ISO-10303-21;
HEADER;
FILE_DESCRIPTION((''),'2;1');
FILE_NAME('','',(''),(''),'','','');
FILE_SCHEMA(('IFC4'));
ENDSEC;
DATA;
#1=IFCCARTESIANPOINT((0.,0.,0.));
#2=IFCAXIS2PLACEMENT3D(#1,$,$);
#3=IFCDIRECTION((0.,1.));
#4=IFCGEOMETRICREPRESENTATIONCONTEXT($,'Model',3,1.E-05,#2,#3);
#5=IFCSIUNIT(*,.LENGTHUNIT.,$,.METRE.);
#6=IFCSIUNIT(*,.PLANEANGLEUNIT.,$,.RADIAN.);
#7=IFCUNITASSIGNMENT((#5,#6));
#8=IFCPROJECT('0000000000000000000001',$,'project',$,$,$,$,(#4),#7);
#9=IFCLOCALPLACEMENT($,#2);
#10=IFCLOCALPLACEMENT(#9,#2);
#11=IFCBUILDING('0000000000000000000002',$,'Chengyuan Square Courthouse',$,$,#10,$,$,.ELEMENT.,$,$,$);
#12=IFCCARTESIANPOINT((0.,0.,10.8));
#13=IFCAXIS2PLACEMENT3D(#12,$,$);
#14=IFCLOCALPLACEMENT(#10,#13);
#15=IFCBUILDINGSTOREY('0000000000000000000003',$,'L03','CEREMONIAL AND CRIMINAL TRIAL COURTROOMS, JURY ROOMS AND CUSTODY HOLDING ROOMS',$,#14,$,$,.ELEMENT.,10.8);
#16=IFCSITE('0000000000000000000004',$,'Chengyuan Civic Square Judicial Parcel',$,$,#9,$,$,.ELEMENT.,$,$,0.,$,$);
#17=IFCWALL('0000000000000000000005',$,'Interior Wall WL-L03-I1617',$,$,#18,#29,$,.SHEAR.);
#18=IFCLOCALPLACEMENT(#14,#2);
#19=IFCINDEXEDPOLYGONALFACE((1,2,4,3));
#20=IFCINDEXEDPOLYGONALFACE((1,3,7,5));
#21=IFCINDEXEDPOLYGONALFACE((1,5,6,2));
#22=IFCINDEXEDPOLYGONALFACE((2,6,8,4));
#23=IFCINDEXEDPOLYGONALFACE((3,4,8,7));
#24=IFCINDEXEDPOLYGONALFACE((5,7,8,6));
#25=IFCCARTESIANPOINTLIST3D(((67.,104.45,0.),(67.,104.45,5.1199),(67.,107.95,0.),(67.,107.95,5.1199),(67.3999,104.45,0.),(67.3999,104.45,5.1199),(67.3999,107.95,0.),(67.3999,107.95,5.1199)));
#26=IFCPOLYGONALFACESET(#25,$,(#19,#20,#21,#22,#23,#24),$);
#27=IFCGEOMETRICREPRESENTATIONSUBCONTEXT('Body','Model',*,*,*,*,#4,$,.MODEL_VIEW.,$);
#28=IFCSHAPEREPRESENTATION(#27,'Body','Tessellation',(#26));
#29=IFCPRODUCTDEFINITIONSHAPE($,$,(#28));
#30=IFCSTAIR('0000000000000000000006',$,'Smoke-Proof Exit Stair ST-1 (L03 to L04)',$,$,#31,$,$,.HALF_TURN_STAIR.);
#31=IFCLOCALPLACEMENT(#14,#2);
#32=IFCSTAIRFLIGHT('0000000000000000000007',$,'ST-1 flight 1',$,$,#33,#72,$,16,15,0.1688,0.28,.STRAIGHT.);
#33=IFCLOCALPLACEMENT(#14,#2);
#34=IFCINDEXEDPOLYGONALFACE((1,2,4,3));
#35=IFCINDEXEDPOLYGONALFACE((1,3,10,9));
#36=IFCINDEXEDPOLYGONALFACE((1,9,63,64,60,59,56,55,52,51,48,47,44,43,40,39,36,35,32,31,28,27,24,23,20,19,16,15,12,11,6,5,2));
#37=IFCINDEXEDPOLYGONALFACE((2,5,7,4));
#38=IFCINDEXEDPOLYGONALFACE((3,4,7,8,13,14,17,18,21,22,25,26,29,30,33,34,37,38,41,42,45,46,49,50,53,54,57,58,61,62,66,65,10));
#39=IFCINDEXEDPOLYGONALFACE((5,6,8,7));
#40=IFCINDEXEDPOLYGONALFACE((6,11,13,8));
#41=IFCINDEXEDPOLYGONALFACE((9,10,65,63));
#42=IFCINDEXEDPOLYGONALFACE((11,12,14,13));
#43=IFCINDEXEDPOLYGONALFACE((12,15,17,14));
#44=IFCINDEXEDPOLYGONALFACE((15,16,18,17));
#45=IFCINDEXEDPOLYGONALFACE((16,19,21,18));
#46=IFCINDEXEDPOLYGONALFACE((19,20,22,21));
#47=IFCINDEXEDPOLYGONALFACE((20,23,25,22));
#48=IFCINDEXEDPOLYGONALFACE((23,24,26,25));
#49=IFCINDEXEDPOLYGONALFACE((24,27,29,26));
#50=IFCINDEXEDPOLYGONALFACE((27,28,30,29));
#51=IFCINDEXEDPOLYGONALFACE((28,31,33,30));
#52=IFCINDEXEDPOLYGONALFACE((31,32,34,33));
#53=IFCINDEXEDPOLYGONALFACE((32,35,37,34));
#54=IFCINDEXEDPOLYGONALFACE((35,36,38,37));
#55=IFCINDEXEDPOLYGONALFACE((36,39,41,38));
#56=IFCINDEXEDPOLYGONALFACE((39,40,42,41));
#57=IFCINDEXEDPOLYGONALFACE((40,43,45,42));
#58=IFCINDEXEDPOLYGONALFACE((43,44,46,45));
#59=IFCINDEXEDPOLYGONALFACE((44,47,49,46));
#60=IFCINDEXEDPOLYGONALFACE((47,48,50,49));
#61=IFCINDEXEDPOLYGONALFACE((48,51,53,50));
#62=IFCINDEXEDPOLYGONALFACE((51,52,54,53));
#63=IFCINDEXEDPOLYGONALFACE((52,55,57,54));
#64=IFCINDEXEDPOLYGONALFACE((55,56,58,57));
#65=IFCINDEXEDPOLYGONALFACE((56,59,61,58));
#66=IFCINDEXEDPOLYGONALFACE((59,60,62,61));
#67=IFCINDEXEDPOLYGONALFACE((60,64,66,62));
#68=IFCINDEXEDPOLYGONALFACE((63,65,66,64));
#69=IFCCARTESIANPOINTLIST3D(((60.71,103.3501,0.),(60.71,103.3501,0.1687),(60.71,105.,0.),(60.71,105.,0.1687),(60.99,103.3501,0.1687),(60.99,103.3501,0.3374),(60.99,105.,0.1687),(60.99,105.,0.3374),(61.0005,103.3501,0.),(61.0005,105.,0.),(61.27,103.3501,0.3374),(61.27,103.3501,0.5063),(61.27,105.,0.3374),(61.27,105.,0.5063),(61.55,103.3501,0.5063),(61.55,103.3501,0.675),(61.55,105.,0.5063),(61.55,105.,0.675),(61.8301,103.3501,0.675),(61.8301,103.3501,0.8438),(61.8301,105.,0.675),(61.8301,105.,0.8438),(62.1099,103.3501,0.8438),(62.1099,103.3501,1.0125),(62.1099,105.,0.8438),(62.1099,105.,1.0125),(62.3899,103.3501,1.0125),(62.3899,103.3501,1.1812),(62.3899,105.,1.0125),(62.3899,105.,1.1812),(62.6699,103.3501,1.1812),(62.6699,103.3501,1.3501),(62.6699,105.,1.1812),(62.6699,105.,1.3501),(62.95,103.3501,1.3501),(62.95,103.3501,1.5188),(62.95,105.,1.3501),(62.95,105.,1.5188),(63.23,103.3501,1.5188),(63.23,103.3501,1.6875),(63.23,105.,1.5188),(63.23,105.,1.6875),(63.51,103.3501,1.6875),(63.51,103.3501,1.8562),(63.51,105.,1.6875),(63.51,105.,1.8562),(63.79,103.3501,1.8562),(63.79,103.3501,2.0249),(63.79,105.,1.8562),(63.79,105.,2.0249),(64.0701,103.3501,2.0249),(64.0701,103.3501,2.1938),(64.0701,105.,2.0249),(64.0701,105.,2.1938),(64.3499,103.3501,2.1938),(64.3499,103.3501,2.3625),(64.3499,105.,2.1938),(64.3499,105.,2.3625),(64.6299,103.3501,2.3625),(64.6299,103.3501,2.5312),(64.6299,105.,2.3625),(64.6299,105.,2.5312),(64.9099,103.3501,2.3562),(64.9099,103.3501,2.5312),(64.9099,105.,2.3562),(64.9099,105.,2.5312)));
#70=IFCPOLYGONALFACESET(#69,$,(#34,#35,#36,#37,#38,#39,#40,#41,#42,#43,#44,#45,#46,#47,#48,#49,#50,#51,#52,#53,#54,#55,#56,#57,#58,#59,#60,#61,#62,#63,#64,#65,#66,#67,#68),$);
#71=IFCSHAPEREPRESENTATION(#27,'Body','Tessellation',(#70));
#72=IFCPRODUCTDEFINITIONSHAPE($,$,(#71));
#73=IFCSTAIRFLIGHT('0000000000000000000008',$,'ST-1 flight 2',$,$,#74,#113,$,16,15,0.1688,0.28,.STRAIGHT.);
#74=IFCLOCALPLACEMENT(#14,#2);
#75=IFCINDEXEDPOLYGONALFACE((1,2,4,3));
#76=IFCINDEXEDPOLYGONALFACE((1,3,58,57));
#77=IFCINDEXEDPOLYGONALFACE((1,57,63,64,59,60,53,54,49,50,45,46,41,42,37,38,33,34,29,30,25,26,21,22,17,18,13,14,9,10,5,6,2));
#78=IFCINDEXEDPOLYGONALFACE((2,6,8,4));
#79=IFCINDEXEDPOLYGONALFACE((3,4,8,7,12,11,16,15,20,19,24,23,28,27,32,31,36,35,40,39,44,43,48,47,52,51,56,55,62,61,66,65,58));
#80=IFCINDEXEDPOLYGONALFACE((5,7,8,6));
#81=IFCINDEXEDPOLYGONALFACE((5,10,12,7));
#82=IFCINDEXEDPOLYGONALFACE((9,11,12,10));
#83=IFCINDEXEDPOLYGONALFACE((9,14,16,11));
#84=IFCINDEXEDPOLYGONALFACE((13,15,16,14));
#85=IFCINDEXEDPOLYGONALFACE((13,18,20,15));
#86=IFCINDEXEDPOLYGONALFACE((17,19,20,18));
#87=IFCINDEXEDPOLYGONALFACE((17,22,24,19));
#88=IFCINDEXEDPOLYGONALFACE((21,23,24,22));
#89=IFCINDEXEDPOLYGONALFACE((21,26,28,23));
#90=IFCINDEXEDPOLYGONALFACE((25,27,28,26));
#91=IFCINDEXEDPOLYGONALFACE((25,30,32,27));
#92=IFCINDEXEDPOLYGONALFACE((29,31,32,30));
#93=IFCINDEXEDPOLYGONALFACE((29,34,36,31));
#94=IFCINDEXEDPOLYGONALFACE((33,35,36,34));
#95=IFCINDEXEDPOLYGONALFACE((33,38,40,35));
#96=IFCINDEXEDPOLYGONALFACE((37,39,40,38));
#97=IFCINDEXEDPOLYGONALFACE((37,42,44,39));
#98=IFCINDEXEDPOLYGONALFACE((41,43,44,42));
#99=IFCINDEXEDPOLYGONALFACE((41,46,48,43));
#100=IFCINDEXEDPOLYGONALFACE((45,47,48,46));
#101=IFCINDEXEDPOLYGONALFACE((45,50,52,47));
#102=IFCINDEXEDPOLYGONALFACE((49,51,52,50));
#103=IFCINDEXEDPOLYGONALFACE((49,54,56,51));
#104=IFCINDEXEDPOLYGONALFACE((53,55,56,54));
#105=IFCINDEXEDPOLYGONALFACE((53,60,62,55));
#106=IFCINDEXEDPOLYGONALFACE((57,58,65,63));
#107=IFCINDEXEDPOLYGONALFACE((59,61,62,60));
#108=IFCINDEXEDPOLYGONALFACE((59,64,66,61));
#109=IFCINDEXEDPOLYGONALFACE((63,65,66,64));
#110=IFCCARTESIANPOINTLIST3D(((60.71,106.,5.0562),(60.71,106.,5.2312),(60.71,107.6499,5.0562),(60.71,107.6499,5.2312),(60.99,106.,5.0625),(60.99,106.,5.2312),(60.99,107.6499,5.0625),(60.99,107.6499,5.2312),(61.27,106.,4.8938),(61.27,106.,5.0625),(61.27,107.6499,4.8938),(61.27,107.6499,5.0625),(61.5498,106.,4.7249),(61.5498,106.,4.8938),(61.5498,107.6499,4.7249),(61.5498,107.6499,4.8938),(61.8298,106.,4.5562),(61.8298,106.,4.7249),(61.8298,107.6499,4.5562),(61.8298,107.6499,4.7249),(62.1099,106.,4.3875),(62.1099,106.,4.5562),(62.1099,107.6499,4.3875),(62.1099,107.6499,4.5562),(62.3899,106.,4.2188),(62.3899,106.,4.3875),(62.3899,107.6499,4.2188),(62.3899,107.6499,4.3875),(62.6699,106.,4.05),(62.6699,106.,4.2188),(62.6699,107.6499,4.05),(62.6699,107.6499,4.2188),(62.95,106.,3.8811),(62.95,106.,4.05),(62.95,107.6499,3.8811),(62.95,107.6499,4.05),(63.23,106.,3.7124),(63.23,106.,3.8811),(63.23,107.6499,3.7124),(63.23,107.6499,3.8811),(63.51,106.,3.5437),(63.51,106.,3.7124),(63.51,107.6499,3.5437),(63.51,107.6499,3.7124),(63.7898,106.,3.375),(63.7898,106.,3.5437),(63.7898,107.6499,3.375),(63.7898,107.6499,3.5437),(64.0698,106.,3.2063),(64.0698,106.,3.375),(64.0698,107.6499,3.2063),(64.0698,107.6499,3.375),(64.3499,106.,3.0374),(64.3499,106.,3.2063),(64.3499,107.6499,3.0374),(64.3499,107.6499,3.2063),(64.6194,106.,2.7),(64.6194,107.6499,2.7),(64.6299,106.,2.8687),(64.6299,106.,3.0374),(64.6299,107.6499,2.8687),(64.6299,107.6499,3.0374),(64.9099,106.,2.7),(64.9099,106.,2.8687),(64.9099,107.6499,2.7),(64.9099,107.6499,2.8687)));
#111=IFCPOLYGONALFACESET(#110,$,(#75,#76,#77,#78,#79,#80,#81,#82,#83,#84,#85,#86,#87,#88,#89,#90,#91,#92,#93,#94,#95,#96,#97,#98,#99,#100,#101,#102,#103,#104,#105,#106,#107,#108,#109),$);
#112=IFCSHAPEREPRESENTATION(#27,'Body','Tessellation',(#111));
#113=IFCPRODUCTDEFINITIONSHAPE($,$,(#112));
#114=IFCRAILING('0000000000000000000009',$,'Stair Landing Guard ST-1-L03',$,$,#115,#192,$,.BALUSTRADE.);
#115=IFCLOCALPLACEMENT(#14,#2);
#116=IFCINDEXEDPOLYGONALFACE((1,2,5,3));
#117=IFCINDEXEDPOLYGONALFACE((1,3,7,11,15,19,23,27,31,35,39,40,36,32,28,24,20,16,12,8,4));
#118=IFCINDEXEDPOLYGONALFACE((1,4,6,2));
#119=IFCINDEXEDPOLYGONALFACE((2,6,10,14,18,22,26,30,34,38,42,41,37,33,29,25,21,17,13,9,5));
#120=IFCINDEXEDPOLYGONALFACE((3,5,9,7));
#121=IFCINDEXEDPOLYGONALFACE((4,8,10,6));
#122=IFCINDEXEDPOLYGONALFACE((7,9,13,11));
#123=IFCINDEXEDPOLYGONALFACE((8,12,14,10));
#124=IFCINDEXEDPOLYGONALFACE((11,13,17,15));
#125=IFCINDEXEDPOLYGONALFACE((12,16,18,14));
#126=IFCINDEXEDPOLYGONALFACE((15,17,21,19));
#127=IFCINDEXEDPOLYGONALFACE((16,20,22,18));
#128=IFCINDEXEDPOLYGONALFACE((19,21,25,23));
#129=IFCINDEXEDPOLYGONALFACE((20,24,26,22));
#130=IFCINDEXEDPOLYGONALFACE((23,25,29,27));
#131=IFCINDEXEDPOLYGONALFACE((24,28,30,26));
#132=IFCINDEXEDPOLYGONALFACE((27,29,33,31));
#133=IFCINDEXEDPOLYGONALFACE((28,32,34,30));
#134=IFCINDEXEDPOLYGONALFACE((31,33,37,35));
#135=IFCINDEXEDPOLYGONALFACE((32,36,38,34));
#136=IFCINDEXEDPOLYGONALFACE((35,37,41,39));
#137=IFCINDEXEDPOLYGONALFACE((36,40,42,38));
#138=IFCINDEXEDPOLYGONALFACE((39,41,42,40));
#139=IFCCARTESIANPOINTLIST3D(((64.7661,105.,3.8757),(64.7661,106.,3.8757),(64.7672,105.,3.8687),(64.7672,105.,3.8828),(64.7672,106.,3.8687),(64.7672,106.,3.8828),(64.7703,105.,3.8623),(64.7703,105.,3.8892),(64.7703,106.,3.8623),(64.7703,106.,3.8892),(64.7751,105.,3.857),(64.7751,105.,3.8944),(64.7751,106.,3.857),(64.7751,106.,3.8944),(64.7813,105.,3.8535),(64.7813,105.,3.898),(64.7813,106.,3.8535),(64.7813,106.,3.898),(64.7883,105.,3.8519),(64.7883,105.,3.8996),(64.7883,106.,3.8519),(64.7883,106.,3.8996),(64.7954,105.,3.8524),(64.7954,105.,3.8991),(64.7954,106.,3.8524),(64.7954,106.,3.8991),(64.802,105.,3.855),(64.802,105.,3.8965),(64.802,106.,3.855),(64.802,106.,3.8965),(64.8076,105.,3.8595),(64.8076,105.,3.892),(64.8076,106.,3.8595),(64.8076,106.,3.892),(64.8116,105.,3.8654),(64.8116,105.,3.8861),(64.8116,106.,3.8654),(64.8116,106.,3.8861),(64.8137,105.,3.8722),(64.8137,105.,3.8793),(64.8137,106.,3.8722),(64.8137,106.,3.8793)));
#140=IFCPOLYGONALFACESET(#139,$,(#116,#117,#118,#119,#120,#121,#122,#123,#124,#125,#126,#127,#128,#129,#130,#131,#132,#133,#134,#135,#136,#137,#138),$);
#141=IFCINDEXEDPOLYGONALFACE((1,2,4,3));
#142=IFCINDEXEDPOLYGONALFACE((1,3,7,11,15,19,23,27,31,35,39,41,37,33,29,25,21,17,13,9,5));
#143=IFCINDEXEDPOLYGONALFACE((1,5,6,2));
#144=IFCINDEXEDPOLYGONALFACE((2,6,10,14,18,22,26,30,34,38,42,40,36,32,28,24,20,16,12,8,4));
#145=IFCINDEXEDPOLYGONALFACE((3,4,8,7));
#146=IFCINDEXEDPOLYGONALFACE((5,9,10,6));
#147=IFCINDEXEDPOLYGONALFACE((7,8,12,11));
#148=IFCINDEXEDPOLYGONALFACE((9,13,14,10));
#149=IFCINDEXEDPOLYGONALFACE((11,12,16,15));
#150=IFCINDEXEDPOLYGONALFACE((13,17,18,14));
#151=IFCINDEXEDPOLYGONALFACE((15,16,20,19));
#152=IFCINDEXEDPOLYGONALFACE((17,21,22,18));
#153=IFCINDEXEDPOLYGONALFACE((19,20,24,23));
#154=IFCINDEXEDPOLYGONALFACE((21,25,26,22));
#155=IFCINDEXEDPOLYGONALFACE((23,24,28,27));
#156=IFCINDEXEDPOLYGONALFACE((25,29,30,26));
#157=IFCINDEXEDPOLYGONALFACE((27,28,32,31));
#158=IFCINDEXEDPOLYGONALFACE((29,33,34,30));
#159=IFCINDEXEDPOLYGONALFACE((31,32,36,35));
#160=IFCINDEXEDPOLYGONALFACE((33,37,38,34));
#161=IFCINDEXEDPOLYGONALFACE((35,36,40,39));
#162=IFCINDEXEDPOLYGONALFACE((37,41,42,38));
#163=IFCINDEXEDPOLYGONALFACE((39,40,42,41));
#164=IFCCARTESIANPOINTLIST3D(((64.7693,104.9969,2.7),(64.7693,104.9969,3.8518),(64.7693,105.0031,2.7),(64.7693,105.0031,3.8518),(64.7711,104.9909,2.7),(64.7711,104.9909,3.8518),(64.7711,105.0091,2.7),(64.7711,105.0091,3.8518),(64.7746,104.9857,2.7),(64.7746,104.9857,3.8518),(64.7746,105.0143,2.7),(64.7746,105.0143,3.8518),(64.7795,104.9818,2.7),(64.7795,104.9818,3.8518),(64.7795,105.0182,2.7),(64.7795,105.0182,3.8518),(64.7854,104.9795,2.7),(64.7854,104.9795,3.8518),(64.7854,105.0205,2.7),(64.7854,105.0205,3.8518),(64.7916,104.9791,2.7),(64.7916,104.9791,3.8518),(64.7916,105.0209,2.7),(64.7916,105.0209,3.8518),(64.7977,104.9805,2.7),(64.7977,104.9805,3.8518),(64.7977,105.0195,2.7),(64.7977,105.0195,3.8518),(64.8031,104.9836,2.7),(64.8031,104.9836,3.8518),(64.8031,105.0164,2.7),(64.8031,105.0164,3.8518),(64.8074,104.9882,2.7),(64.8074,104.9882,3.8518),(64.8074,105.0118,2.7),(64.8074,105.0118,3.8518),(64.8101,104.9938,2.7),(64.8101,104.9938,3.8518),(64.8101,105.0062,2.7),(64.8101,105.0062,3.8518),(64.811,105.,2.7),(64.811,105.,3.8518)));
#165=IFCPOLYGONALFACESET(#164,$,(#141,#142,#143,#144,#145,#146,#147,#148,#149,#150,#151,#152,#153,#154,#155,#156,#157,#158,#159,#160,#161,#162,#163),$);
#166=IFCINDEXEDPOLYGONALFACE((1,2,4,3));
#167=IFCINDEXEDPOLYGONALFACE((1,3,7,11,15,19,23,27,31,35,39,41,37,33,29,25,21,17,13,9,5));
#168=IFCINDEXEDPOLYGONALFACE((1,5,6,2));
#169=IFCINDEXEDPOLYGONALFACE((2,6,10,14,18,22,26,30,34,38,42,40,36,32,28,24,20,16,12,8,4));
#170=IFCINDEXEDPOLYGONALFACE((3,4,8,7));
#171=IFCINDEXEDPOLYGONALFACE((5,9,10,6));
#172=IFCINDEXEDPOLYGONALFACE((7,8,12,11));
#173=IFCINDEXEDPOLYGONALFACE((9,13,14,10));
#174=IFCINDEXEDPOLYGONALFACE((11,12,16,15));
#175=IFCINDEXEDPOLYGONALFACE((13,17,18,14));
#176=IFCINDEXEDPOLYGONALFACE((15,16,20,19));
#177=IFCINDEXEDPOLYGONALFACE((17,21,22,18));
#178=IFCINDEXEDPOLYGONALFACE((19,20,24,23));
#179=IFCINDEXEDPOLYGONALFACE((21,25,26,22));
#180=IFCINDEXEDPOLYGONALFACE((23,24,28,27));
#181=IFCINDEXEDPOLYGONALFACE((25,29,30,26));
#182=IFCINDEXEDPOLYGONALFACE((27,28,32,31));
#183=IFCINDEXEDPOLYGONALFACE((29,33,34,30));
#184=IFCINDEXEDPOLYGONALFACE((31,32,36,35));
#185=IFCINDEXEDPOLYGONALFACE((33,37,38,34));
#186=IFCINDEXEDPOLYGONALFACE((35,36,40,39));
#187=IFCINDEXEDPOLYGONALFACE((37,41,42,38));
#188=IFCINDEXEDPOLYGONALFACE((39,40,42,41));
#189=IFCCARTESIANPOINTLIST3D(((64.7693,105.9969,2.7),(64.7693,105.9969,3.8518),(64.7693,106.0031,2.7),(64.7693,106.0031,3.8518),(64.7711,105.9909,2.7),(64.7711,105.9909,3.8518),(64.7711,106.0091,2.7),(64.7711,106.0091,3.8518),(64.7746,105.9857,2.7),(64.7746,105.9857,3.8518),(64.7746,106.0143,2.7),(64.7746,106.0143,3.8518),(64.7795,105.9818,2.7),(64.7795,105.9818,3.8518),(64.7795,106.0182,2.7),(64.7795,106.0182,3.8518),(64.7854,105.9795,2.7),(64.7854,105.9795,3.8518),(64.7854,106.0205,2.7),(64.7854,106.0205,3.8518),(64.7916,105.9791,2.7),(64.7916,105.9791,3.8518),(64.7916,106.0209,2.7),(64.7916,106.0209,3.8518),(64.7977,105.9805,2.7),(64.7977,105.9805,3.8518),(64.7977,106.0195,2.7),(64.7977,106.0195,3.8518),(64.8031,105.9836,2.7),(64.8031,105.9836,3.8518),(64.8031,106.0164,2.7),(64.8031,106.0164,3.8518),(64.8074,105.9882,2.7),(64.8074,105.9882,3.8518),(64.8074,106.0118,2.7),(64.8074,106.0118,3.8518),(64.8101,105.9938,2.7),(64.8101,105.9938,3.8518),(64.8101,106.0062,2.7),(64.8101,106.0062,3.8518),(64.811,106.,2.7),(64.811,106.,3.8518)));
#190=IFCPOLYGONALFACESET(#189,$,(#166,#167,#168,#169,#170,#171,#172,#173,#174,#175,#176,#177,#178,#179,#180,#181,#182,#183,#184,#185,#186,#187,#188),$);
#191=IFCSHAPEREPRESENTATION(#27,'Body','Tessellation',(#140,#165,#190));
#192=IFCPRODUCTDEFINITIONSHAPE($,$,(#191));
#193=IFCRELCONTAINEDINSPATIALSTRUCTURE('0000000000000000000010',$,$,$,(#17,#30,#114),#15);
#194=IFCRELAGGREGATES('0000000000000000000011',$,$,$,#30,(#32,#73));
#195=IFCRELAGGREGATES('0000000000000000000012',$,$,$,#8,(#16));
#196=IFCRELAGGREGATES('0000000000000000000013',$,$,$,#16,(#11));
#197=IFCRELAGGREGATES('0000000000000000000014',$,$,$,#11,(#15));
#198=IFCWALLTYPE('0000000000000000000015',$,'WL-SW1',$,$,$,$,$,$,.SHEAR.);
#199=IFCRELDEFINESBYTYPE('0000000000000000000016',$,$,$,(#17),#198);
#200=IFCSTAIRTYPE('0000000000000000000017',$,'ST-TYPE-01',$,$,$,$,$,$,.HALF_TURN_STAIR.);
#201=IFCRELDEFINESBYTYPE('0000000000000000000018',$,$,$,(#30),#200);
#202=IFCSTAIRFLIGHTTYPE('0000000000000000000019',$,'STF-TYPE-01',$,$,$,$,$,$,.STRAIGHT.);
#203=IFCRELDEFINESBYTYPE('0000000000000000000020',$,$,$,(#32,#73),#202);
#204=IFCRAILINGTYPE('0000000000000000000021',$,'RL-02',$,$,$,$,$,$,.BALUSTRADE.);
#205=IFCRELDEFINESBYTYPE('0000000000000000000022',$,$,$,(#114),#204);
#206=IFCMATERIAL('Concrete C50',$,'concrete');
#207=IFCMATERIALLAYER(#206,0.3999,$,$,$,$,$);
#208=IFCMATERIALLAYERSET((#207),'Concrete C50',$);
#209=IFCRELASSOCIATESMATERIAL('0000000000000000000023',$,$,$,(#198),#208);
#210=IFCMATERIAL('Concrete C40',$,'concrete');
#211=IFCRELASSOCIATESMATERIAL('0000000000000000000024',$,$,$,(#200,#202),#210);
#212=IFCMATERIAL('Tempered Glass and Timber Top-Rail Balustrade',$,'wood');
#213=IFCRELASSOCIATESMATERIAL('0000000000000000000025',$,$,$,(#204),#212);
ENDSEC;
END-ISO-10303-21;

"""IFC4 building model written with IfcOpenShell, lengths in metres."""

from ifc_helpers import new_model, si_unit, direction, frame, frame_2d, origin, origin_2d, place, context, subcontext, project, spatial, polyline, rectangle, circle, outline, extrude, material, layer, layer_set, type_object, element, aggregate, save


model = new_model("IFC4")

# Units and contexts
model_context = context("Model", 3, precision=1e-05, world=origin(), true_north=direction((0.0, 1.0)))
body_context = subcontext(model_context, "Body", "Model", "MODEL_VIEW")
ifc_project = project(units=[si_unit("LENGTHUNIT", "METRE"), si_unit("PLANEANGLEUNIT", "RADIAN")], contexts=[model_context])

# Site, building, storey
site_placement = place(None, origin())
site = spatial("IfcSite", under=ifc_project, at=site_placement, Name="Chengyuan Civic Square Judicial Parcel", CompositionType="ELEMENT", RefElevation=0.0)
building_placement = place(site_placement, origin())
building = spatial("IfcBuilding", under=site, at=building_placement, Name="Chengyuan Square Courthouse", CompositionType="ELEMENT")
storey_placement = place(building_placement, frame((0.0, 0.0, 10.8)))
storey = spatial("IfcBuildingStorey", under=building, at=storey_placement, Name="L03", Description="CEREMONIAL AND CRIMINAL TRIAL COURTROOMS, JURY ROOMS AND CUSTODY HOLDING ROOMS", CompositionType="ELEMENT", Elevation=10.8)

# Shared definitions
ifc_material_1 = material(Name="Concrete C50", Category="concrete")

# Shared definitions
ifc_material_2 = material(Name="Concrete C40", Category="concrete")

# Wall
ifc_layer_1 = layer(ifc_material_1, 0.3999)
ifc_layer_set_1 = layer_set([ifc_layer_1], Name="Concrete C50")
wall_type_1 = type_object("IfcWallType", Name="WL-SW1", PredefinedType="SHEAR", material=ifc_layer_set_1)
wall_1_placement = place(storey_placement, frame((67.2, 104.45, 0.0), z_axis=(0.0, 0.0, 1.0), x_axis=(0.0, 1.0, 0.0)))
element("IfcWall", 1, at=wall_1_placement, inside=storey, type_object=wall_type_1, Name="Interior Wall WL-L03-I1617", PredefinedType="SHEAR", context=body_context, shape_type="SweptSolid", body=[
    extrude(rectangle(XDim=3.5, YDim=0.3999, at=frame_2d((1.75, 0.0))), origin(), (0.0, 0.0, 1.0), 5.1199),
])

# Stair, stair flights
stair_type = type_object("IfcStairType", Name="ST-TYPE-01", PredefinedType="HALF_TURN_STAIR", material=ifc_material_2)
stair_placement = place(storey_placement, origin())
stair = element("IfcStair", 2, at=stair_placement, inside=storey, type_object=stair_type, Name="Smoke-Proof Exit Stair ST-1 (L03 to L04)", PredefinedType="HALF_TURN_STAIR")
stair_flight_type = type_object("IfcStairFlightType", Name="STF-TYPE-01", PredefinedType="STRAIGHT", material=ifc_material_2)
stair_flight_1_placement = place(storey_placement, frame((60.71, 104.175, 0.0), z_axis=(0.0, 0.0, 1.0), x_axis=(1.0, 0.0, 0.0)))
stair_flight_1 = element("IfcStairFlight", 3, at=stair_flight_1_placement, type_object=stair_flight_type, Name="ST-1 flight 1", NumberOfRisers=16, NumberOfTreads=15, PredefinedType="STRAIGHT", RiserHeight=0.1688, TreadLength=0.28, context=body_context, shape_type="SweptSolid", body=[
    extrude(outline(polyline([(0.0, 0.0), (0.0, 0.1687), (0.28, 0.1687), (0.28, 0.3374), (0.5601, 0.3374), (0.5601, 0.5063), (0.8401, 0.5063), (0.8401, 0.675), (1.1201, 0.675), (1.1201, 0.8438), (1.3999, 0.8438), (1.3999, 1.0125), (1.6799, 1.0125), (1.6799, 1.1812), (1.96, 1.1812), (1.96, 1.3501), (2.24, 1.3501), (2.24, 1.5188), (2.52, 1.5188), (2.52, 1.6875), (2.8, 1.6875), (2.8, 1.8562), (3.0801, 1.8562), (3.0801, 2.0249), (3.3601, 2.0249), (3.3601, 2.1938), (3.6399, 2.1938), (3.6399, 2.3625), (3.9199, 2.3625), (3.9199, 2.5312), (4.2, 2.5312), (4.2, 2.7), (4.2, 2.3562), (0.2905, 0.0), (0.0, 0.0)])), frame((0.0, 0.825, 0.0), z_axis=(0.0, -1.0, 0.0), x_axis=(1.0, 0.0, 0.0)), (0.0, 0.0, 1.0), 1.6499),
])
stair_flight_2_placement = place(storey_placement, frame((64.9099, 106.825, 2.7), z_axis=(0.0, 0.0, 1.0), x_axis=(-1.0, 0.0, 0.0)))
stair_flight_2 = element("IfcStairFlight", 4, at=stair_flight_2_placement, type_object=stair_flight_type, Name="ST-1 flight 2", NumberOfRisers=16, NumberOfTreads=15, PredefinedType="STRAIGHT", RiserHeight=0.1688, TreadLength=0.28, context=body_context, shape_type="SweptSolid", body=[
    extrude(outline(polyline([(0.0, 0.0), (0.0, 0.1687), (0.28, 0.1687), (0.28, 0.3374), (0.5601, 0.3374), (0.5601, 0.5063), (0.8401, 0.5063), (0.8401, 0.675), (1.1201, 0.675), (1.1201, 0.8438), (1.3999, 0.8438), (1.3999, 1.0125), (1.6799, 1.0125), (1.6799, 1.1812), (1.96, 1.1812), (1.96, 1.3501), (2.24, 1.3501), (2.24, 1.5188), (2.52, 1.5188), (2.52, 1.6875), (2.8, 1.6875), (2.8, 1.8562), (3.0801, 1.8562), (3.0801, 2.0249), (3.3601, 2.0249), (3.3601, 2.1938), (3.6399, 2.1938), (3.6399, 2.3625), (3.9199, 2.3625), (3.9199, 2.5312), (4.2, 2.5312), (4.2, 2.7), (4.2, 2.3562), (0.2905, 0.0), (0.0, 0.0)])), frame((0.0, 0.825, 0.0), z_axis=(0.0, -1.0, 0.0), x_axis=(1.0, 0.0, 0.0)), (0.0, 0.0, 1.0), 1.6499),
])
aggregate(stair, [stair_flight_1, stair_flight_2])

# Railing
ifc_material_3 = material(Name="Tempered Glass and Timber Top-Rail Balustrade", Category="wood")
railing_type_1 = type_object("IfcRailingType", Name="RL-02", PredefinedType="BALUSTRADE", material=ifc_material_3)
railing_1_placement = place(storey_placement, frame((64.79, 105.0, 2.7)))
element("IfcRailing", 5, at=railing_1_placement, inside=storey, type_object=railing_type_1, Name="Stair Landing Guard ST-1-L03", PredefinedType="BALUSTRADE", context=body_context, shape_type="SweptSolid", body=[
    extrude(circle(Radius=0.0239, at=origin_2d()), frame((0.0, 0.0, 1.1758), z_axis=(0.0, 1.0, 0.0), x_axis=(-1.0, 0.0, 0.0)), (0.0, 0.0, 1.0), 1.0),
    extrude(circle(Radius=0.021, at=origin_2d()), origin(), (0.0, 0.0, 1.0), 1.1519),
    extrude(circle(Radius=0.021, at=origin_2d()), frame((0.0, 1.0, 0.0)), (0.0, 0.0, 1.0), 1.1519),
])

save(model, "model.ifc")
